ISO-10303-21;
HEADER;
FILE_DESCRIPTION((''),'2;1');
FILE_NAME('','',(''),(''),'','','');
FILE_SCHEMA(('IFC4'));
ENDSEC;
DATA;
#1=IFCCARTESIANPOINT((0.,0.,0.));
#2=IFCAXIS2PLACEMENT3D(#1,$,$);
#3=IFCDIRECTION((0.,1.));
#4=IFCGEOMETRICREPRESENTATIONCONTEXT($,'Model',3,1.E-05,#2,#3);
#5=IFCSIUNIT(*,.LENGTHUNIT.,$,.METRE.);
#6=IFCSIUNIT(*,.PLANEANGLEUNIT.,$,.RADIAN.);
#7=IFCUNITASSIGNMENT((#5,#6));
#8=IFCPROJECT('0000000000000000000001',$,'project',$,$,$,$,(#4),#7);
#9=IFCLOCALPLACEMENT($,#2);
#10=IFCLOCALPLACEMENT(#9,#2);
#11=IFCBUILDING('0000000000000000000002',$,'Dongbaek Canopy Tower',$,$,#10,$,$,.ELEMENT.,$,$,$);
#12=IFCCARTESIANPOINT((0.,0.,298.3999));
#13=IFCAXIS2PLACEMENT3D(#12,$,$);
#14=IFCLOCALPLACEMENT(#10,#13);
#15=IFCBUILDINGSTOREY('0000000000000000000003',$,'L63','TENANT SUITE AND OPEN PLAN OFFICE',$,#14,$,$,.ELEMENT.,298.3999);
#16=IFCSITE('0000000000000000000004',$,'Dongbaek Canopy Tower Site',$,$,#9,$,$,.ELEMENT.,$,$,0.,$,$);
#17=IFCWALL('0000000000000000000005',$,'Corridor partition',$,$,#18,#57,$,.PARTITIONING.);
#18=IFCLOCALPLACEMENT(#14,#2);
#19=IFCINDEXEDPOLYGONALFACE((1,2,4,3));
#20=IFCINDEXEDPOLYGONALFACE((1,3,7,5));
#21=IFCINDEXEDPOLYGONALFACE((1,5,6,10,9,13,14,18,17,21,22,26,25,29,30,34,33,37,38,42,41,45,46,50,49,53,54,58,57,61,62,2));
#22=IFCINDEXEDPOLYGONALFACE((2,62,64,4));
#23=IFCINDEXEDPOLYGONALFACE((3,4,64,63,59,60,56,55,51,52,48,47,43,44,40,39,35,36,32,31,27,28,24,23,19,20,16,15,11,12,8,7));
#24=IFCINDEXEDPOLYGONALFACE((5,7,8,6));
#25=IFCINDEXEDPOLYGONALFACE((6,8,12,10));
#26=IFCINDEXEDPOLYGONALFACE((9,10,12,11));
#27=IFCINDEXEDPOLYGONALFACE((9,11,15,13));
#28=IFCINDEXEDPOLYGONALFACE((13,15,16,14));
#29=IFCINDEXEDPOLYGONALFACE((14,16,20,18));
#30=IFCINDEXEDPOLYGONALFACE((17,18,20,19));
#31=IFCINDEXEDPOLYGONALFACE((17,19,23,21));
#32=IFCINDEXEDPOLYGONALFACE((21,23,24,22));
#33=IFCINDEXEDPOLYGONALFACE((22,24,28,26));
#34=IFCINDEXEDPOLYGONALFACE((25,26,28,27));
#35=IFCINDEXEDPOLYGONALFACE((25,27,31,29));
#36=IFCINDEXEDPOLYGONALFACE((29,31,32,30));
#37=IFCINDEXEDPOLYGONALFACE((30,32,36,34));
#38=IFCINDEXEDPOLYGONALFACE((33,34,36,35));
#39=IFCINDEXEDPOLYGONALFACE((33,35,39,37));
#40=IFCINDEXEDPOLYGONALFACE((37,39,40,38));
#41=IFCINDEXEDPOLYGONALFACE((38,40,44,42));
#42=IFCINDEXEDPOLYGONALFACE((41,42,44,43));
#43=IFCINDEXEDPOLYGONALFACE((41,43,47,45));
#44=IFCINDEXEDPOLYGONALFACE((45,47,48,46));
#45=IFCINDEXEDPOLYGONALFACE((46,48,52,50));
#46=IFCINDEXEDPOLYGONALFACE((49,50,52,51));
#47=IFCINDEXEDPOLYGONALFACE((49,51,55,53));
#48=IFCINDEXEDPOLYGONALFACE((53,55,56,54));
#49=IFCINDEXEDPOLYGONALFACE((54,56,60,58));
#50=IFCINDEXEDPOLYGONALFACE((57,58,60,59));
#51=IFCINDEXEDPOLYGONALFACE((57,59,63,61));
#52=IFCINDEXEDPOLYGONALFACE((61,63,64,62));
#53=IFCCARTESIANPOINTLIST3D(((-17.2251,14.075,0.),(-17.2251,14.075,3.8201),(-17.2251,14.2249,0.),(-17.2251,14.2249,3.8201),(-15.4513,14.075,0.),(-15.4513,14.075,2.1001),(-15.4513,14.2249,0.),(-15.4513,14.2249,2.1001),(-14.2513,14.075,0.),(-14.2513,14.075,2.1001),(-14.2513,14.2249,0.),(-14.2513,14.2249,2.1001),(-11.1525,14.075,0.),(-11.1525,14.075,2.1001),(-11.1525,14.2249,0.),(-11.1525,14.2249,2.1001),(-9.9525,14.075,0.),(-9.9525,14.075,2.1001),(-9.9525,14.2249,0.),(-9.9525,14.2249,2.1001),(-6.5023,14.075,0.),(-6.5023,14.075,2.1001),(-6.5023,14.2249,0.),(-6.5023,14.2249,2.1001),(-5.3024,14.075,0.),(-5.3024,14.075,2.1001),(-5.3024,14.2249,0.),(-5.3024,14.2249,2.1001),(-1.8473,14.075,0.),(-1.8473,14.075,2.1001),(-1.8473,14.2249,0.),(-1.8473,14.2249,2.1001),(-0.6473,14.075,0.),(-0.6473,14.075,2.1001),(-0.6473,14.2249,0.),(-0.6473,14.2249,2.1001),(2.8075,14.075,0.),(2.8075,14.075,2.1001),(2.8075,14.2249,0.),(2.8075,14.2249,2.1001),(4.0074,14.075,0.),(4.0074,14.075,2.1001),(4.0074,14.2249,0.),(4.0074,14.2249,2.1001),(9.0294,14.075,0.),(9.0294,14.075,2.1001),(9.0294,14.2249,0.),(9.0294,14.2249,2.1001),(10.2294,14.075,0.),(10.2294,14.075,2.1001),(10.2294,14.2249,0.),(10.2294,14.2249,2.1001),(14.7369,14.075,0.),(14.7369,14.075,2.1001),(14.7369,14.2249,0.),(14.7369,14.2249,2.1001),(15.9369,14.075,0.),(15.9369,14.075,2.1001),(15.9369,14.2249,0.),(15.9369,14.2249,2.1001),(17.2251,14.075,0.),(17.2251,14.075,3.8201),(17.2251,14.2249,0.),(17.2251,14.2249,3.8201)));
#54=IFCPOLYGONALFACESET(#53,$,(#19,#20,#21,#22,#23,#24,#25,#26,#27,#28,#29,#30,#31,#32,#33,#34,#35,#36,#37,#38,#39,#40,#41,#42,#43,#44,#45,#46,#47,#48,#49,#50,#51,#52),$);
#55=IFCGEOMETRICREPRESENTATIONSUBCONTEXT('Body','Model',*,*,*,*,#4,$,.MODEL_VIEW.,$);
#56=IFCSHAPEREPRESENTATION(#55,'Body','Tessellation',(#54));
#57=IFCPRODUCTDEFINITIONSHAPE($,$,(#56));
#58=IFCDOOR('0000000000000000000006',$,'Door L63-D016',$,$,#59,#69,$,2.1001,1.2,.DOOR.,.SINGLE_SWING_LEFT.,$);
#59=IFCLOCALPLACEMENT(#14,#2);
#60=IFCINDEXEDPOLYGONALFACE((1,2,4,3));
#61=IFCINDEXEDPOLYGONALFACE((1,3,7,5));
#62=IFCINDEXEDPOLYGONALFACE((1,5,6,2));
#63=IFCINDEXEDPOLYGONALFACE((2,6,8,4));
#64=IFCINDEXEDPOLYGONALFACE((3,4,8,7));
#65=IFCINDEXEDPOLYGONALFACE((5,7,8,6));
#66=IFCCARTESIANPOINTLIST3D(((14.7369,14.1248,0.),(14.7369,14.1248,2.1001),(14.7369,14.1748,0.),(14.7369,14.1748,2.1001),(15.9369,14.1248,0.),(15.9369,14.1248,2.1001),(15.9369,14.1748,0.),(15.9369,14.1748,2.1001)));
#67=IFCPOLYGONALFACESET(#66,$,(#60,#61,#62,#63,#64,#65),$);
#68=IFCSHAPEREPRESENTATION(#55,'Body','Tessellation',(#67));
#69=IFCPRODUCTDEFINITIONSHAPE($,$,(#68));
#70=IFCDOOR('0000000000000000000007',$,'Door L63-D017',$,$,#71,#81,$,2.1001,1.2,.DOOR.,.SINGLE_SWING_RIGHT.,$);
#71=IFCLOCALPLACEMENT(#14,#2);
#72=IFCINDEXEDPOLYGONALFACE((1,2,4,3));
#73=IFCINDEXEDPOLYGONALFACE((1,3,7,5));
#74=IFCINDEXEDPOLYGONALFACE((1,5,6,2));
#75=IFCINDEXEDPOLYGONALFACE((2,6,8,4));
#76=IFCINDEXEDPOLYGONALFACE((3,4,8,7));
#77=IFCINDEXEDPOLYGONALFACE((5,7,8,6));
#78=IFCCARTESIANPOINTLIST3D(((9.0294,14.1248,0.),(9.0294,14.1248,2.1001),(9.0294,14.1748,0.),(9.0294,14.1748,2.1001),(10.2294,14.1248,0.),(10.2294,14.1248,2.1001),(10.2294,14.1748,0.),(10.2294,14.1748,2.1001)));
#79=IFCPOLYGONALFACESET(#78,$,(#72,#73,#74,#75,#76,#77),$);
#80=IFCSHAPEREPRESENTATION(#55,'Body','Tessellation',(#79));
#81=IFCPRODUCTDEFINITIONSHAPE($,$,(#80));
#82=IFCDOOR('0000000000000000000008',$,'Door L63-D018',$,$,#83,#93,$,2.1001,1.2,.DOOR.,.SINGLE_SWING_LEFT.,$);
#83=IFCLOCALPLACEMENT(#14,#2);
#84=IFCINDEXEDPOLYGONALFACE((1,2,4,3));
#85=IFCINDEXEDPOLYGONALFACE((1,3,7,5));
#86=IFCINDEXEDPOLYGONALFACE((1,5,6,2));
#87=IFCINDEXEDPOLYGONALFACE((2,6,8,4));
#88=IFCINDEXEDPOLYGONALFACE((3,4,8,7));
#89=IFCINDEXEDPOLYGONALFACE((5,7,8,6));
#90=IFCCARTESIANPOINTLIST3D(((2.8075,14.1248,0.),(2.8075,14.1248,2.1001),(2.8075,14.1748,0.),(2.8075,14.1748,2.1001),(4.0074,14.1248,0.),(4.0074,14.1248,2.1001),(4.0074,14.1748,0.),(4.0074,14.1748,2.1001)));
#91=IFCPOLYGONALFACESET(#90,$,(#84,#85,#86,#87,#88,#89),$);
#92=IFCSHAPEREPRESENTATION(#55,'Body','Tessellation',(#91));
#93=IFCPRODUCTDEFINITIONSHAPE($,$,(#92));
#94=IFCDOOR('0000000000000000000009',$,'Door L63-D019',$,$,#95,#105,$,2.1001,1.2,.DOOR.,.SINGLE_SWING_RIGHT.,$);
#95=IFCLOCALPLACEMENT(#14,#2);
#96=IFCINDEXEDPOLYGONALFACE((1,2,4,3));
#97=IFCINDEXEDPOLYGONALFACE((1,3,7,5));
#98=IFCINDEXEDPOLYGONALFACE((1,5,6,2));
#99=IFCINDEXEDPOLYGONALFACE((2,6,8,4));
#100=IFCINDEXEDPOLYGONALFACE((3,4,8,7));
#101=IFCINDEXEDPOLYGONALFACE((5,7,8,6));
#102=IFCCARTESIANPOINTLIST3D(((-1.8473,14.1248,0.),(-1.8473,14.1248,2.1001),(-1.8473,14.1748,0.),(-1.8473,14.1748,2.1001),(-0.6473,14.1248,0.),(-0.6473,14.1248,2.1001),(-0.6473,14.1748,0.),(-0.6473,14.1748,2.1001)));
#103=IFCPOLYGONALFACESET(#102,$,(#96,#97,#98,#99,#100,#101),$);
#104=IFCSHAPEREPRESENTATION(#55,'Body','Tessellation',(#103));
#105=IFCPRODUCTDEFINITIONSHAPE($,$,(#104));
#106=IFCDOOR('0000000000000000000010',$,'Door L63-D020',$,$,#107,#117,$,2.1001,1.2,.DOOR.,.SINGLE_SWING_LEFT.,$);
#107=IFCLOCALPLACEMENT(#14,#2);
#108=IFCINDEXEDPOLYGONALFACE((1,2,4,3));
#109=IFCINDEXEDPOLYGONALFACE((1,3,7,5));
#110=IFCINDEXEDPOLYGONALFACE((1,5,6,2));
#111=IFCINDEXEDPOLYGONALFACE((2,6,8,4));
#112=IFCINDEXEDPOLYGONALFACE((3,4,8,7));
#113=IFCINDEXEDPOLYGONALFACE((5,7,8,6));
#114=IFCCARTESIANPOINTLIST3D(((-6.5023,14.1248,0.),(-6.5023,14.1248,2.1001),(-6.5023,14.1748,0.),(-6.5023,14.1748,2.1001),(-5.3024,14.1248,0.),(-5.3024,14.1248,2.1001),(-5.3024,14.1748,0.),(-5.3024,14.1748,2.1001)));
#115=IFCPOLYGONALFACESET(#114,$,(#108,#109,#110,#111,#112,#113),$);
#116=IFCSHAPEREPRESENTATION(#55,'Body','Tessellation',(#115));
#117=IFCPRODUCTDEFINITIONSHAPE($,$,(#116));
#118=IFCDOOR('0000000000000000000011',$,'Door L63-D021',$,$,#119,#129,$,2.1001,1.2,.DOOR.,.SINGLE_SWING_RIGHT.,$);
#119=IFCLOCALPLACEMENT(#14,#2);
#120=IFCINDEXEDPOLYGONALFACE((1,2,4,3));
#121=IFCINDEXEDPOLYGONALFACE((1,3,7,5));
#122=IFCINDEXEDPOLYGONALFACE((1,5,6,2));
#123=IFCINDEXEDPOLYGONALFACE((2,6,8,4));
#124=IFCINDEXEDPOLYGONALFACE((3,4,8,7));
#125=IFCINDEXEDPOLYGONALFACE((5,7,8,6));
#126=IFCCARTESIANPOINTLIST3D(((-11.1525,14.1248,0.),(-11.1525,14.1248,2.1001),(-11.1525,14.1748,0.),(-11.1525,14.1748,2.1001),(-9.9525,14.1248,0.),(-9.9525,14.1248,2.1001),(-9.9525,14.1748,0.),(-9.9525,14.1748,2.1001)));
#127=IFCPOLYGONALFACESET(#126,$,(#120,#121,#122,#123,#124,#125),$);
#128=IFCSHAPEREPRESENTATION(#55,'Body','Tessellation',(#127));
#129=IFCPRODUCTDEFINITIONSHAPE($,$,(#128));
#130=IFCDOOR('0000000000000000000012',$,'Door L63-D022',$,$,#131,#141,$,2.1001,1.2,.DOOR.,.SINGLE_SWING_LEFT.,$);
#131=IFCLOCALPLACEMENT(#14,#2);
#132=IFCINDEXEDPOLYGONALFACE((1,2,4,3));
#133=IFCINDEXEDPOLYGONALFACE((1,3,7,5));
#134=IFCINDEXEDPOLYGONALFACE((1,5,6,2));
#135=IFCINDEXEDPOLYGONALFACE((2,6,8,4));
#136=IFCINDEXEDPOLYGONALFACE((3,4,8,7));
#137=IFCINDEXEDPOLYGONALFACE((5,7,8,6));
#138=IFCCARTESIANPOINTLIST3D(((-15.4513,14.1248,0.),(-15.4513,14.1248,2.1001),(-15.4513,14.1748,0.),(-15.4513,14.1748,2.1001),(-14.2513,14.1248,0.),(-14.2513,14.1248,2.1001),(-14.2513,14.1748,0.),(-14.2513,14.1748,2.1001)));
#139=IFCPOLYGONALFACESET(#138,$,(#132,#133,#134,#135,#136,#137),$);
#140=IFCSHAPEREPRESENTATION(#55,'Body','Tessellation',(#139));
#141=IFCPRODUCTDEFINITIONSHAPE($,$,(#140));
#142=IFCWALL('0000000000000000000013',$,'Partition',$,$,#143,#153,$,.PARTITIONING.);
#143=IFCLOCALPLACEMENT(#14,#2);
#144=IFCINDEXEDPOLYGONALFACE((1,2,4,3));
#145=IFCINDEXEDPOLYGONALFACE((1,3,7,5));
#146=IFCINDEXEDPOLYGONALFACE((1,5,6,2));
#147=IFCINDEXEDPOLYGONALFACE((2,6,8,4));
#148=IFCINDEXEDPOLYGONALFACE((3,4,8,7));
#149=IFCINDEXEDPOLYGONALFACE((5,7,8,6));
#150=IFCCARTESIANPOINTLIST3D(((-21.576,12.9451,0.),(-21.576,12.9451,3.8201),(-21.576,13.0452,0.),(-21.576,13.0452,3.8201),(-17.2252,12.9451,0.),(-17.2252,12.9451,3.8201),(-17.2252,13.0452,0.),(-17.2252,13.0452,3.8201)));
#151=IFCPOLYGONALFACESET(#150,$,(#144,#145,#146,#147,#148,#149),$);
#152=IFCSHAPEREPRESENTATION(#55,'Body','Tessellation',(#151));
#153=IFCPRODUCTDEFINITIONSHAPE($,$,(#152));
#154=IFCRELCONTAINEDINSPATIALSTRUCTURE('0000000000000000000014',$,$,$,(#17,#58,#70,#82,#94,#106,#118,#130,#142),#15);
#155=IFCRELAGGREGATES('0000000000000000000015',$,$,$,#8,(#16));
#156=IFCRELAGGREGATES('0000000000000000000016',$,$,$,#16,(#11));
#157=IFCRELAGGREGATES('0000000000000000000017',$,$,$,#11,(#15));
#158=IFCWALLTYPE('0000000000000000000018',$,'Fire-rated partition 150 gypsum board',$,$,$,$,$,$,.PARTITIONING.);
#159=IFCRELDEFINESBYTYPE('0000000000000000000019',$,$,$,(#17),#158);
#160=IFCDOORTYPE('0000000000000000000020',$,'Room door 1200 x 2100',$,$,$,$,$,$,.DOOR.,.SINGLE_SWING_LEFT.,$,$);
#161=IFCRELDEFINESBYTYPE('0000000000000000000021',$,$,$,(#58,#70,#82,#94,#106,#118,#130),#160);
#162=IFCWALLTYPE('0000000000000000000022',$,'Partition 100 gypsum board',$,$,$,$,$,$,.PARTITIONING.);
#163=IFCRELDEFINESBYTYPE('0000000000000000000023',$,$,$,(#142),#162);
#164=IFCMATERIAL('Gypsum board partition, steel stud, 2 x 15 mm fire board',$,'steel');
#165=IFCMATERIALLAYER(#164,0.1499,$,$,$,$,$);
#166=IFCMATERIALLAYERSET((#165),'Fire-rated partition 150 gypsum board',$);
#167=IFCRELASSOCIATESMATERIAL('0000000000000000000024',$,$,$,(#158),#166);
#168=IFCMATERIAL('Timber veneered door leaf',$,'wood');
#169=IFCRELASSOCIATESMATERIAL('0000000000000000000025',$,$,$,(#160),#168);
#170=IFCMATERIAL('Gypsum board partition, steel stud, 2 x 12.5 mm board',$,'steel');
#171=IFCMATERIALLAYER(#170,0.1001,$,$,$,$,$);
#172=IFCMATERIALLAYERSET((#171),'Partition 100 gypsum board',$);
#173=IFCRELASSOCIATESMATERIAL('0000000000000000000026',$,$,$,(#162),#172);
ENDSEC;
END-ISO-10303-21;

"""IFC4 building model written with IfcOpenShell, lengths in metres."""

from ifc_helpers import new_model, si_unit, direction, frame, frame_2d, origin, place, context, subcontext, project, spatial, rectangle, extrude, material, layer, layer_set, type_object, element, fill, save


model = new_model("IFC4")

# Units and contexts
model_context = context("Model", 3, precision=1e-05, world=origin(), true_north=direction((0.0, 1.0)))
body_context = subcontext(model_context, "Body", "Model", "MODEL_VIEW")
ifc_project = project(units=[si_unit("LENGTHUNIT", "METRE"), si_unit("PLANEANGLEUNIT", "RADIAN")], contexts=[model_context])

# Site, building, storey
site_placement = place(None, origin())
site = spatial("IfcSite", under=ifc_project, at=site_placement, Name="Dongbaek Canopy Tower Site", CompositionType="ELEMENT", RefElevation=0.0)
building_placement = place(site_placement, origin())
building = spatial("IfcBuilding", under=site, at=building_placement, Name="Dongbaek Canopy Tower", CompositionType="ELEMENT")
storey_placement = place(building_placement, frame((0.0, 0.0, 298.3999)))
storey = spatial("IfcBuildingStorey", under=building, at=storey_placement, Name="L63", Description="TENANT SUITE AND OPEN PLAN OFFICE", CompositionType="ELEMENT", Elevation=298.3999)

# Wall, openings, doors
ifc_material_1 = material(Name="Gypsum board partition, steel stud, 2 x 15 mm fire board", Category="steel")
ifc_layer_1 = layer(ifc_material_1, 0.1499)
ifc_layer_set_1 = layer_set([ifc_layer_1], Name="Fire-rated partition 150 gypsum board")
wall_type_1 = type_object("IfcWallType", Name="Fire-rated partition 150 gypsum board", PredefinedType="PARTITIONING", material=ifc_layer_set_1)
wall_1_placement = place(storey_placement, frame((-17.2251, 14.1499, 0.0), z_axis=(0.0, 0.0, 1.0), x_axis=(1.0, 0.0, 0.0)))
wall_1 = element("IfcWall", 1, at=wall_1_placement, inside=storey, type_object=wall_type_1, Name="Corridor partition", PredefinedType="PARTITIONING", context=body_context, shape_type="SweptSolid", body=[
    extrude(rectangle(XDim=34.4502, YDim=0.1499, at=frame_2d((17.2251, 0.0))), origin(), (0.0, 0.0, 1.0), 3.8201),
])
opening_1_placement = place(wall_1_placement, frame((31.9619, 0.0, 0.0)))
opening_1 = element("IfcOpeningElement", 2, at=opening_1_placement, cuts=wall_1, PredefinedType="OPENING", context=body_context, shape_type="SweptSolid", body=[
    extrude(rectangle(XDim=1.2, YDim=2.1001, at=frame_2d((0.6001, 1.05))), frame((0.0, 0.085, 0.0), z_axis=(0.0, -1.0, 0.0), x_axis=(1.0, 0.0, 0.0)), (0.0, 0.0, 1.0), 0.1699),
])
opening_2_placement = place(wall_1_placement, frame((26.2544, 0.0, 0.0)))
opening_2 = element("IfcOpeningElement", 3, at=opening_2_placement, cuts=wall_1, PredefinedType="OPENING", context=body_context, shape_type="SweptSolid", body=[
    extrude(rectangle(XDim=1.2, YDim=2.1001, at=frame_2d((0.6001, 1.05))), frame((0.0, 0.085, 0.0), z_axis=(0.0, -1.0, 0.0), x_axis=(1.0, 0.0, 0.0)), (0.0, 0.0, 1.0), 0.1699),
])
opening_3_placement = place(wall_1_placement, frame((20.0325, 0.0, 0.0)))
opening_3 = element("IfcOpeningElement", 4, at=opening_3_placement, cuts=wall_1, PredefinedType="OPENING", context=body_context, shape_type="SweptSolid", body=[
    extrude(rectangle(XDim=1.2, YDim=2.1001, at=frame_2d((0.6001, 1.05))), frame((0.0, 0.085, 0.0), z_axis=(0.0, -1.0, 0.0), x_axis=(1.0, 0.0, 0.0)), (0.0, 0.0, 1.0), 0.1699),
])
opening_4_placement = place(wall_1_placement, frame((15.3777, 0.0, 0.0)))
opening_4 = element("IfcOpeningElement", 5, at=opening_4_placement, cuts=wall_1, PredefinedType="OPENING", context=body_context, shape_type="SweptSolid", body=[
    extrude(rectangle(XDim=1.2, YDim=2.1001, at=frame_2d((0.6001, 1.05))), frame((0.0, 0.085, 0.0), z_axis=(0.0, -1.0, 0.0), x_axis=(1.0, 0.0, 0.0)), (0.0, 0.0, 1.0), 0.1699),
])
opening_5_placement = place(wall_1_placement, frame((10.7227, 0.0, 0.0)))
opening_5 = element("IfcOpeningElement", 6, at=opening_5_placement, cuts=wall_1, PredefinedType="OPENING", context=body_context, shape_type="SweptSolid", body=[
    extrude(rectangle(XDim=1.2, YDim=2.1001, at=frame_2d((0.6001, 1.05))), frame((0.0, 0.085, 0.0), z_axis=(0.0, -1.0, 0.0), x_axis=(1.0, 0.0, 0.0)), (0.0, 0.0, 1.0), 0.1699),
])
opening_6_placement = place(wall_1_placement, frame((6.0725, 0.0, 0.0)))
opening_6 = element("IfcOpeningElement", 7, at=opening_6_placement, cuts=wall_1, PredefinedType="OPENING", context=body_context, shape_type="SweptSolid", body=[
    extrude(rectangle(XDim=1.2, YDim=2.1001, at=frame_2d((0.6001, 1.05))), frame((0.0, 0.085, 0.0), z_axis=(0.0, -1.0, 0.0), x_axis=(1.0, 0.0, 0.0)), (0.0, 0.0, 1.0), 0.1699),
])
opening_7_placement = place(wall_1_placement, frame((1.7737, 0.0, 0.0)))
opening_7 = element("IfcOpeningElement", 8, at=opening_7_placement, cuts=wall_1, PredefinedType="OPENING", context=body_context, shape_type="SweptSolid", body=[
    extrude(rectangle(XDim=1.2, YDim=2.1001, at=frame_2d((0.6001, 1.05))), frame((0.0, 0.085, 0.0), z_axis=(0.0, -1.0, 0.0), x_axis=(1.0, 0.0, 0.0)), (0.0, 0.0, 1.0), 0.1699),
])
ifc_material_2 = material(Name="Timber veneered door leaf", Category="wood")
door_type = type_object("IfcDoorType", Name="Room door 1200 x 2100", OperationType="SINGLE_SWING_LEFT", PredefinedType="DOOR", material=ifc_material_2)
door_1_placement = place(opening_1_placement, origin())
door_1 = element("IfcDoor", 9, at=door_1_placement, inside=storey, type_object=door_type, Name="Door L63-D016", OperationType="SINGLE_SWING_LEFT", OverallHeight=2.1001, OverallWidth=1.2, PredefinedType="DOOR", context=body_context, shape_type="SweptSolid", body=[
    extrude(rectangle(XDim=1.2, YDim=2.1001, at=frame_2d((0.6001, 1.05))), frame((0.0, 0.0249, 0.0), z_axis=(0.0, -1.0, 0.0), x_axis=(1.0, 0.0, 0.0)), (0.0, 0.0, 1.0), 0.05),
])
fill(opening_1, door_1)
door_2_placement = place(opening_2_placement, origin())
door_2 = element("IfcDoor", 10, at=door_2_placement, inside=storey, type_object=door_type, Name="Door L63-D017", OperationType="SINGLE_SWING_RIGHT", OverallHeight=2.1001, OverallWidth=1.2, PredefinedType="DOOR", context=body_context, shape_type="SweptSolid", body=[
    extrude(rectangle(XDim=1.2, YDim=2.1001, at=frame_2d((0.6001, 1.05))), frame((0.0, 0.0249, 0.0), z_axis=(0.0, -1.0, 0.0), x_axis=(1.0, 0.0, 0.0)), (0.0, 0.0, 1.0), 0.05),
])
fill(opening_2, door_2)
door_3_placement = place(opening_3_placement, origin())
door_3 = element("IfcDoor", 11, at=door_3_placement, inside=storey, type_object=door_type, Name="Door L63-D018", OperationType="SINGLE_SWING_LEFT", OverallHeight=2.1001, OverallWidth=1.2, PredefinedType="DOOR", context=body_context, shape_type="SweptSolid", body=[
    extrude(rectangle(XDim=1.2, YDim=2.1001, at=frame_2d((0.6001, 1.05))), frame((0.0, 0.0249, 0.0), z_axis=(0.0, -1.0, 0.0), x_axis=(1.0, 0.0, 0.0)), (0.0, 0.0, 1.0), 0.05),
])
fill(opening_3, door_3)
door_4_placement = place(opening_4_placement, origin())
door_4 = element("IfcDoor", 12, at=door_4_placement, inside=storey, type_object=door_type, Name="Door L63-D019", OperationType="SINGLE_SWING_RIGHT", OverallHeight=2.1001, OverallWidth=1.2, PredefinedType="DOOR", context=body_context, shape_type="SweptSolid", body=[
    extrude(rectangle(XDim=1.2, YDim=2.1001, at=frame_2d((0.6001, 1.05))), frame((0.0, 0.0249, 0.0), z_axis=(0.0, -1.0, 0.0), x_axis=(1.0, 0.0, 0.0)), (0.0, 0.0, 1.0), 0.05),
])
fill(opening_4, door_4)
door_5_placement = place(opening_5_placement, origin())
door_5 = element("IfcDoor", 13, at=door_5_placement, inside=storey, type_object=door_type, Name="Door L63-D020", OperationType="SINGLE_SWING_LEFT", OverallHeight=2.1001, OverallWidth=1.2, PredefinedType="DOOR", context=body_context, shape_type="SweptSolid", body=[
    extrude(rectangle(XDim=1.2, YDim=2.1001, at=frame_2d((0.6001, 1.05))), frame((0.0, 0.0249, 0.0), z_axis=(0.0, -1.0, 0.0), x_axis=(1.0, 0.0, 0.0)), (0.0, 0.0, 1.0), 0.05),
])
fill(opening_5, door_5)
door_6_placement = place(opening_6_placement, origin())
door_6 = element("IfcDoor", 14, at=door_6_placement, inside=storey, type_object=door_type, Name="Door L63-D021", OperationType="SINGLE_SWING_RIGHT", OverallHeight=2.1001, OverallWidth=1.2, PredefinedType="DOOR", context=body_context, shape_type="SweptSolid", body=[
    extrude(rectangle(XDim=1.2, YDim=2.1001, at=frame_2d((0.6001, 1.05))), frame((0.0, 0.0249, 0.0), z_axis=(0.0, -1.0, 0.0), x_axis=(1.0, 0.0, 0.0)), (0.0, 0.0, 1.0), 0.05),
])
fill(opening_6, door_6)
door_7_placement = place(opening_7_placement, origin())
door_7 = element("IfcDoor", 15, at=door_7_placement, inside=storey, type_object=door_type, Name="Door L63-D022", OperationType="SINGLE_SWING_LEFT", OverallHeight=2.1001, OverallWidth=1.2, PredefinedType="DOOR", context=body_context, shape_type="SweptSolid", body=[
    extrude(rectangle(XDim=1.2, YDim=2.1001, at=frame_2d((0.6001, 1.05))), frame((0.0, 0.0249, 0.0), z_axis=(0.0, -1.0, 0.0), x_axis=(1.0, 0.0, 0.0)), (0.0, 0.0, 1.0), 0.05),
])
fill(opening_7, door_7)

# Wall
ifc_material_3 = material(Name="Gypsum board partition, steel stud, 2 x 12.5 mm board", Category="steel")
ifc_layer_2 = layer(ifc_material_3, 0.1001)
ifc_layer_set_2 = layer_set([ifc_layer_2], Name="Partition 100 gypsum board")
wall_type_2 = type_object("IfcWallType", Name="Partition 100 gypsum board", PredefinedType="PARTITIONING", material=ifc_layer_set_2)
wall_2_placement = place(storey_placement, frame((-21.5759, 12.9951, 0.0), z_axis=(0.0, 0.0, 1.0), x_axis=(1.0, 0.0, 0.0)))
element("IfcWall", 16, at=wall_2_placement, inside=storey, type_object=wall_type_2, Name="Partition", PredefinedType="PARTITIONING", context=body_context, shape_type="SweptSolid", body=[
    extrude(rectangle(XDim=4.3508, YDim=0.1001, at=frame_2d((2.1753, 0.0))), origin(), (0.0, 0.0, 1.0), 3.8201),
])

save(model, "model.ifc")
